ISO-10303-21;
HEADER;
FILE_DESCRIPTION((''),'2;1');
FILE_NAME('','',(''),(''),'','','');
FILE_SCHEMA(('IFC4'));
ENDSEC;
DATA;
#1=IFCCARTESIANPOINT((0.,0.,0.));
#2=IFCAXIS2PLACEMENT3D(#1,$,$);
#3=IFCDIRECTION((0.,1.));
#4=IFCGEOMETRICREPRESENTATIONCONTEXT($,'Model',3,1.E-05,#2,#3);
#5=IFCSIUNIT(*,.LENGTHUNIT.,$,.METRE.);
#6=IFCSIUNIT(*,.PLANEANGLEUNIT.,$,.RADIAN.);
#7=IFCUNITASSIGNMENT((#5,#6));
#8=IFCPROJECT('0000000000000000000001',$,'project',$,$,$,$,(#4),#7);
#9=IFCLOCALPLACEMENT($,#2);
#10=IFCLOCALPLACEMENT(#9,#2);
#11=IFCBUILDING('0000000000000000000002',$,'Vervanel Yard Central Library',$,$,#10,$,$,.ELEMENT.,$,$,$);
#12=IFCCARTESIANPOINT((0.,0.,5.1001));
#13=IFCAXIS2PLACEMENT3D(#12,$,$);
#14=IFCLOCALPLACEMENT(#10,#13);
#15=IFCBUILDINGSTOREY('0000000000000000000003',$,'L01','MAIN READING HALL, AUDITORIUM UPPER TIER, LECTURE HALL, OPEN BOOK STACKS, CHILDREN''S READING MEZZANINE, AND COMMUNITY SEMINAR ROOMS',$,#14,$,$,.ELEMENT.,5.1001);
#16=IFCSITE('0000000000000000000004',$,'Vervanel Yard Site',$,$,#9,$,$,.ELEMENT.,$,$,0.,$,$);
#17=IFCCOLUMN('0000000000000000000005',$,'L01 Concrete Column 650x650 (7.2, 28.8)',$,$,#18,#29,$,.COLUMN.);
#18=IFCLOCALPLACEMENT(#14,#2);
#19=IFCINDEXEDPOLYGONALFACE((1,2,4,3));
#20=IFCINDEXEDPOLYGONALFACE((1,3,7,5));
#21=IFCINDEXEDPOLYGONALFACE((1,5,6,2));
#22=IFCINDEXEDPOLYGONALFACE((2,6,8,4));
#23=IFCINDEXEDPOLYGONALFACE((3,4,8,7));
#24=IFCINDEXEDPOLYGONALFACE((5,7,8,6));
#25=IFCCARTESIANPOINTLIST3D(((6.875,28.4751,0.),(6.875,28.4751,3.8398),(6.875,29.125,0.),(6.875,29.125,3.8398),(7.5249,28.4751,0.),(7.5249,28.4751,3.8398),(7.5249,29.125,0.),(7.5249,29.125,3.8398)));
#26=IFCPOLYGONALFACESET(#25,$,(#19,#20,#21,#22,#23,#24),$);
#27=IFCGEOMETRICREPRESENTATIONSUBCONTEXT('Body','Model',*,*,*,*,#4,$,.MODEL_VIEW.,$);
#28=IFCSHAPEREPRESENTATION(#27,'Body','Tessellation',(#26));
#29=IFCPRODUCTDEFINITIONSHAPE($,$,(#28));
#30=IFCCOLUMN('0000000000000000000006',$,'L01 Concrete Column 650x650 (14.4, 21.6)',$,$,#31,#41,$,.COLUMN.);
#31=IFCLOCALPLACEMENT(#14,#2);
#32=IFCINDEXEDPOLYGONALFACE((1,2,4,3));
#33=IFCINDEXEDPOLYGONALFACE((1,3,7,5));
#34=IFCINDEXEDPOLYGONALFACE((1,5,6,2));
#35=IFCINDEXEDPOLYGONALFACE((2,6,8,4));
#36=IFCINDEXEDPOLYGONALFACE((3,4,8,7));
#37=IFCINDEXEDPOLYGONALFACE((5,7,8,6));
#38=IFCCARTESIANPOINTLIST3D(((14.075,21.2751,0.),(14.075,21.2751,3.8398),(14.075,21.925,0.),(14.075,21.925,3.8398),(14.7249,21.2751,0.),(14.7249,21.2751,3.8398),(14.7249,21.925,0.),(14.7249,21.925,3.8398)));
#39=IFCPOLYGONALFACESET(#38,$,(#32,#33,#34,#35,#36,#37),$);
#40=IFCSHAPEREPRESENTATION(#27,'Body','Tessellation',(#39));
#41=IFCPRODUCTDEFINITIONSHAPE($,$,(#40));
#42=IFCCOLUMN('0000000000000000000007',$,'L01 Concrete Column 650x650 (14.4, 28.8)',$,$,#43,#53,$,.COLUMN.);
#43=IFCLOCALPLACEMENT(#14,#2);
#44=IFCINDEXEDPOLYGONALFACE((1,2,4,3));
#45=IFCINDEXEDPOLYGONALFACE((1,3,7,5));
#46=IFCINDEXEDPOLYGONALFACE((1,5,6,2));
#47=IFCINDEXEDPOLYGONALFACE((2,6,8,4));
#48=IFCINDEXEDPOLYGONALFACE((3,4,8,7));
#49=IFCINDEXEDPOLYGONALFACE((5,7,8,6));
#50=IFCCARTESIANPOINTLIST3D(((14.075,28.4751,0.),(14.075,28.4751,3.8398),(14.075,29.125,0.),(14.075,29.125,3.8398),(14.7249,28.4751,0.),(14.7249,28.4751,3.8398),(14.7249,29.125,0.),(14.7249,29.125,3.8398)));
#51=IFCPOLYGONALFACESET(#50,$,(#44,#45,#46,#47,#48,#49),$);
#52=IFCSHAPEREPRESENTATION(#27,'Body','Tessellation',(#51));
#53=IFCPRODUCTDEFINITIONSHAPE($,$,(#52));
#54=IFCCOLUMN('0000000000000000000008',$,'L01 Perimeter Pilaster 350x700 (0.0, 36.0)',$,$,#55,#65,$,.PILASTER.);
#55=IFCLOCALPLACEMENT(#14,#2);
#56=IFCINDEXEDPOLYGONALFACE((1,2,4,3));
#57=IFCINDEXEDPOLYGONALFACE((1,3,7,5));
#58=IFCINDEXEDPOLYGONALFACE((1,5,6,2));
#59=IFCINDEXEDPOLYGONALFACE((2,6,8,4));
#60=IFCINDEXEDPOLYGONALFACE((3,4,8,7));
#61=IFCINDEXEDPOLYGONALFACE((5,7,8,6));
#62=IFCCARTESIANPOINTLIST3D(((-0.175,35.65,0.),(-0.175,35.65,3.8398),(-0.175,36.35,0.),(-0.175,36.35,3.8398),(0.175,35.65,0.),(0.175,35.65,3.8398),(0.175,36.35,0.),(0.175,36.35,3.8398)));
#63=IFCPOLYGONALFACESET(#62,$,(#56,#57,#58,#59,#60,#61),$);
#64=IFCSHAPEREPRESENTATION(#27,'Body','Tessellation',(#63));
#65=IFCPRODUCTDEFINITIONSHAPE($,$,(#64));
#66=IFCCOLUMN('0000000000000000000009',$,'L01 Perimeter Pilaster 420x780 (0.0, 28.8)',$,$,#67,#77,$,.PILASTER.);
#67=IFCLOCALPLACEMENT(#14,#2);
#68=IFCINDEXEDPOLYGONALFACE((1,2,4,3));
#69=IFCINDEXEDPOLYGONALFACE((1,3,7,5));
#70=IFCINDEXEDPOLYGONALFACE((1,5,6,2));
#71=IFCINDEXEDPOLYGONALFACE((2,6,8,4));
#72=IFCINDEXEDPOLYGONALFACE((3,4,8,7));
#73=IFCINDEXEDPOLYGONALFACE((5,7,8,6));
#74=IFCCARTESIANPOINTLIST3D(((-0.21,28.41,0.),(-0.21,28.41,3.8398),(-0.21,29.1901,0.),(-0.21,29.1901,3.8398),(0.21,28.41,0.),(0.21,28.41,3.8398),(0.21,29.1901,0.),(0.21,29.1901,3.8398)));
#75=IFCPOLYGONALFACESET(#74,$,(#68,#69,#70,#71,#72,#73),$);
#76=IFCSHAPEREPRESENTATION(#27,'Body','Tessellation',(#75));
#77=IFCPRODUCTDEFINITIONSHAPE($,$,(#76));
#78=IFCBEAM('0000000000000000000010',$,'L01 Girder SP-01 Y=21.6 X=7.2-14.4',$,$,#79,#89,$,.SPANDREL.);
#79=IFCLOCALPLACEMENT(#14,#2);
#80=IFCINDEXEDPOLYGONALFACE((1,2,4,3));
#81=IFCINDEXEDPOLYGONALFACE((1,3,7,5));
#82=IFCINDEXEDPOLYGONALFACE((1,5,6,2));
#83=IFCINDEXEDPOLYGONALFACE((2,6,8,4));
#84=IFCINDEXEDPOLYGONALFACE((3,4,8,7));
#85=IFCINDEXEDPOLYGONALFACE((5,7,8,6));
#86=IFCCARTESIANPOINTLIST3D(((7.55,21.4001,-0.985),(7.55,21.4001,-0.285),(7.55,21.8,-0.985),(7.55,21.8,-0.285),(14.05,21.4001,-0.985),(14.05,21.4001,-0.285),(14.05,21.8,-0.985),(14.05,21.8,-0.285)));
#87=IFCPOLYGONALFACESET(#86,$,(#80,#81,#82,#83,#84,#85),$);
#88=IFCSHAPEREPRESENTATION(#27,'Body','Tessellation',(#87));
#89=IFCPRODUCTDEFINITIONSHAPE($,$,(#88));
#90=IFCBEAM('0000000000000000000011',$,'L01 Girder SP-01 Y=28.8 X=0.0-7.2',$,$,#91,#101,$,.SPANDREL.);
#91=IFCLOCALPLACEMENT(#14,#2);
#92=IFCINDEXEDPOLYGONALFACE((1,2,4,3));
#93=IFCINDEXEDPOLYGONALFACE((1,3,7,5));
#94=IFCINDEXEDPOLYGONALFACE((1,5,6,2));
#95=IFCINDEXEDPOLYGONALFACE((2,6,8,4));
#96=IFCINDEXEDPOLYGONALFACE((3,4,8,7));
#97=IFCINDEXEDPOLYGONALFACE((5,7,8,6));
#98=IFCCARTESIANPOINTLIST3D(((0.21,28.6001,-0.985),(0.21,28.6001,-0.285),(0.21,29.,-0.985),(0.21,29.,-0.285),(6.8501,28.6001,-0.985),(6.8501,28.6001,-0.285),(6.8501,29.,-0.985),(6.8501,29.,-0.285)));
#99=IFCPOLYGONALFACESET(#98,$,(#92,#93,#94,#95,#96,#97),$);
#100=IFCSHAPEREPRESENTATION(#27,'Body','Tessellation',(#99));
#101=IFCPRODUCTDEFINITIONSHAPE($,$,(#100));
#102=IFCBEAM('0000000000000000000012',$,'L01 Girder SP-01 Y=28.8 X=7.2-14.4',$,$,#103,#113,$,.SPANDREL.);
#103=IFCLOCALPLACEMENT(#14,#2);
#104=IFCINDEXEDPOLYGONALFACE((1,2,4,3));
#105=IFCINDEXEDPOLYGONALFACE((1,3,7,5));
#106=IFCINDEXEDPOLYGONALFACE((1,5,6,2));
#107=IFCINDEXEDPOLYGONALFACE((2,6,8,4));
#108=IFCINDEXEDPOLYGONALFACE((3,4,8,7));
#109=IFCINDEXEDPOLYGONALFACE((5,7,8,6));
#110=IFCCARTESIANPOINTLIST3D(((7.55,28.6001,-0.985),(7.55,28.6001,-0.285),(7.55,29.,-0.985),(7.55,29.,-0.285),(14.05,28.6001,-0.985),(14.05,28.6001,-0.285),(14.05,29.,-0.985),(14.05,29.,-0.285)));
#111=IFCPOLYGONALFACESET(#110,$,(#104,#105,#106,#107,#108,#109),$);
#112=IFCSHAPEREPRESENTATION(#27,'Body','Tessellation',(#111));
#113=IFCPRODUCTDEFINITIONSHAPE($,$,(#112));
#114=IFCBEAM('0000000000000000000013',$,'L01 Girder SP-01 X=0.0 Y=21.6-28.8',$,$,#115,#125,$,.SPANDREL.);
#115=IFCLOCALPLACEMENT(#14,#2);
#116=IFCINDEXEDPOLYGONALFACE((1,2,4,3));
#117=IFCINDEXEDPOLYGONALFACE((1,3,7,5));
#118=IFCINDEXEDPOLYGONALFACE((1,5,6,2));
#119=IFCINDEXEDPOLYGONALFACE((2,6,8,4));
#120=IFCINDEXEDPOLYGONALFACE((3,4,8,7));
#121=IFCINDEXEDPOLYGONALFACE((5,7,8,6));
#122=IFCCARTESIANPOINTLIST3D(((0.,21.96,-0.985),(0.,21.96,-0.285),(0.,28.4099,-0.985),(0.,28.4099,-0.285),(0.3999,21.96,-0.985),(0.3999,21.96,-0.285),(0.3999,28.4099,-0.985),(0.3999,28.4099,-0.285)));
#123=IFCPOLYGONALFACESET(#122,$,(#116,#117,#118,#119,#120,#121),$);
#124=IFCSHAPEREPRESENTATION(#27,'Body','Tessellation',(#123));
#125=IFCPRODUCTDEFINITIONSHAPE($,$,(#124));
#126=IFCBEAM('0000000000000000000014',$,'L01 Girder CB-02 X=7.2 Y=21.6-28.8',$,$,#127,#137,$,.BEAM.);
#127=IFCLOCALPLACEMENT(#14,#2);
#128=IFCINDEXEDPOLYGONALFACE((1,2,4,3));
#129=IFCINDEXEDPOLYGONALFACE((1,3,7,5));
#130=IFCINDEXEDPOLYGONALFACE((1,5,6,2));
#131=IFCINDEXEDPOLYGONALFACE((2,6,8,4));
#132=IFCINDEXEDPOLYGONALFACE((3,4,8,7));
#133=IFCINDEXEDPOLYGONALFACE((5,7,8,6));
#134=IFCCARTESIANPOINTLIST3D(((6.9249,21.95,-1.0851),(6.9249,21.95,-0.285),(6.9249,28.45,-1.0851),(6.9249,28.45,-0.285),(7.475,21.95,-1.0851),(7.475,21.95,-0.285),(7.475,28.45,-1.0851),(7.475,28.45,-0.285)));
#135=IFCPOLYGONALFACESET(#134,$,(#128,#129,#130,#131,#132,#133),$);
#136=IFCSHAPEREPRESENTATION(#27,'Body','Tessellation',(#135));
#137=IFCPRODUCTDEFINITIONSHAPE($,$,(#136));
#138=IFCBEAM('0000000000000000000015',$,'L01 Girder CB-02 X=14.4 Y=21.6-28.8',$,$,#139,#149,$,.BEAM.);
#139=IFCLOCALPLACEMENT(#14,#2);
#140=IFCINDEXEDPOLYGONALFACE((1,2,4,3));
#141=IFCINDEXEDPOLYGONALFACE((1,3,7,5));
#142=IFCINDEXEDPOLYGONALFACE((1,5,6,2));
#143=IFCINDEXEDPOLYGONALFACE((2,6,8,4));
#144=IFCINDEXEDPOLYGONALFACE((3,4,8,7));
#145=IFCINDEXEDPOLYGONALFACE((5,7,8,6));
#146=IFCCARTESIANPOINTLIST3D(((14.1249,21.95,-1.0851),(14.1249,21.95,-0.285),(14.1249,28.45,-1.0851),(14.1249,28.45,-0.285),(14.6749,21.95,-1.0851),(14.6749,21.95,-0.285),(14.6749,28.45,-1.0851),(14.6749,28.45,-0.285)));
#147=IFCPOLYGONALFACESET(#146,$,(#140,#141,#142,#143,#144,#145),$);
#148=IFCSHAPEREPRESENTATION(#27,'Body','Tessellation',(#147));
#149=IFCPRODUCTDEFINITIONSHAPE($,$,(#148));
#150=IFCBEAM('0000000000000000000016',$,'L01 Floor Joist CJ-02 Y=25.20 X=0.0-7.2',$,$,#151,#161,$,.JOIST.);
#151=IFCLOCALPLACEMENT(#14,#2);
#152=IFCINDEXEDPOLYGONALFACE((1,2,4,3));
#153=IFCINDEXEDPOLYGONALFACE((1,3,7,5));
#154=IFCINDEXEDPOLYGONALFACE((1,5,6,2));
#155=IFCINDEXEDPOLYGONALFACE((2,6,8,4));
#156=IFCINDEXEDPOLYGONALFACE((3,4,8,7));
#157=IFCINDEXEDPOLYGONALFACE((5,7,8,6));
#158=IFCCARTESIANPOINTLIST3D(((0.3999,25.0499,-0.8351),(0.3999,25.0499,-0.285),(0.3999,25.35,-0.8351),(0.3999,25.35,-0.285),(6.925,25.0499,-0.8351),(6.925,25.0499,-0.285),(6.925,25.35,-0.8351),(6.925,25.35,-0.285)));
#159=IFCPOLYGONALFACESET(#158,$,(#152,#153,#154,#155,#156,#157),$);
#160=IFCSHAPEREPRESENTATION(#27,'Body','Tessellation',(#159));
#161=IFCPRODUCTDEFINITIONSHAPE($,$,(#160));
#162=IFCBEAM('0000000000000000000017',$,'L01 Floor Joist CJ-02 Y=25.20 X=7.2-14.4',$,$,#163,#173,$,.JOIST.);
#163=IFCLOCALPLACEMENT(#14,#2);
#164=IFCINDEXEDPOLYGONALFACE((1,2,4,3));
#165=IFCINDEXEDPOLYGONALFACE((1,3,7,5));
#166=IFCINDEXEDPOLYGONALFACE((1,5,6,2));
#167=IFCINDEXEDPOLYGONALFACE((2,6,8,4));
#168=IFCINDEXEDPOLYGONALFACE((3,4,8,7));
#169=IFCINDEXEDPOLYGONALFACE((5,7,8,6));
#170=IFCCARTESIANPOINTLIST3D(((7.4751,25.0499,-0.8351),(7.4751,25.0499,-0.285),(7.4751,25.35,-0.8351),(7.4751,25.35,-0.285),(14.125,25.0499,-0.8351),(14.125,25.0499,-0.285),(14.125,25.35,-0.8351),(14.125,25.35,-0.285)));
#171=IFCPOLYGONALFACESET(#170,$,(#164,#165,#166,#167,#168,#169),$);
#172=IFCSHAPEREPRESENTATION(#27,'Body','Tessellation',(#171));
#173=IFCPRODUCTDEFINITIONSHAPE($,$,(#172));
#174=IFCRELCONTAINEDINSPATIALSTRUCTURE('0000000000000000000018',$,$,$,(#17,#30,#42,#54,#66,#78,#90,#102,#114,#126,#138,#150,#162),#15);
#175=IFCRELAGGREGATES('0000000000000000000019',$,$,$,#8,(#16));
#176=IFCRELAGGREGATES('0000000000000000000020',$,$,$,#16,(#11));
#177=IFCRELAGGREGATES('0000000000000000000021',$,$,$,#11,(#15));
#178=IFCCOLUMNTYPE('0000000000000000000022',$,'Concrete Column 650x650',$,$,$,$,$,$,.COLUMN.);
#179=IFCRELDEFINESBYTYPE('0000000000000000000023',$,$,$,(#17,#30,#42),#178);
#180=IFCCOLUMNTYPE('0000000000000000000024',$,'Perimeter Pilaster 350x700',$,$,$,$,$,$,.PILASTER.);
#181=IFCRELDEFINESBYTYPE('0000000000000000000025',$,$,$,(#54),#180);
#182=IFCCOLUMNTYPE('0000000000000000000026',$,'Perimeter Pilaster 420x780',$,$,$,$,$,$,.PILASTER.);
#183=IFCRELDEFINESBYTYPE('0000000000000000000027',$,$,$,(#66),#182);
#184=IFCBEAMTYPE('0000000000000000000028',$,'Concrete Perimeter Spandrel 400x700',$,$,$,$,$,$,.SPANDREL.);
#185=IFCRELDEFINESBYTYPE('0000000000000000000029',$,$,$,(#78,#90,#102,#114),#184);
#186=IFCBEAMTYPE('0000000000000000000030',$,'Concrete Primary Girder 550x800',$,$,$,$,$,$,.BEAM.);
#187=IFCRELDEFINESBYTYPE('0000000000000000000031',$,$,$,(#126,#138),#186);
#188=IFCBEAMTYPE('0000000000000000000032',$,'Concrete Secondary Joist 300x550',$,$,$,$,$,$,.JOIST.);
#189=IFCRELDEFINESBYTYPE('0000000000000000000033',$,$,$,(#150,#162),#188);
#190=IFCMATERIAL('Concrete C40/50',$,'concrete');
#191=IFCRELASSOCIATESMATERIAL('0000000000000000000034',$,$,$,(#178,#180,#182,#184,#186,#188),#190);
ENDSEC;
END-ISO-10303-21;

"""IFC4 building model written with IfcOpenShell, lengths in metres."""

from ifc_helpers import new_model, si_unit, direction, frame, origin, origin_2d, place, context, subcontext, project, spatial, rectangle, extrude, material, material_profile, profile_set, type_object, element, save


model = new_model("IFC4")

# Units and contexts
model_context = context("Model", 3, precision=1e-05, world=origin(), true_north=direction((0.0, 1.0)))
body_context = subcontext(model_context, "Body", "Model", "MODEL_VIEW")
ifc_project = project(units=[si_unit("LENGTHUNIT", "METRE"), si_unit("PLANEANGLEUNIT", "RADIAN")], contexts=[model_context])

# Site, building, storey
site_placement = place(None, origin())
site = spatial("IfcSite", under=ifc_project, at=site_placement, Name="Vervanel Yard Site", CompositionType="ELEMENT", RefElevation=0.0)
building_placement = place(site_placement, origin())
building = spatial("IfcBuilding", under=site, at=building_placement, Name="Vervanel Yard Central Library", CompositionType="ELEMENT")
storey_placement = place(building_placement, frame((0.0, 0.0, 5.1001)))
storey = spatial("IfcBuildingStorey", under=building, at=storey_placement, Name="L01", Description="MAIN READING HALL, AUDITORIUM UPPER TIER, LECTURE HALL, OPEN BOOK STACKS, CHILDREN'S READING MEZZANINE, AND COMMUNITY SEMINAR ROOMS", CompositionType="ELEMENT", Elevation=5.1001)

# Columns
ifc_material_1 = material(Name="Concrete C40/50", Category="concrete")
ifc_material_profile_1 = material_profile(ifc_material_1, rectangle(XDim=0.6499, YDim=0.6499, at=origin_2d()), Name="RC 650x650", Category="concrete")
ifc_profile_set_1 = profile_set([ifc_material_profile_1], Name="Concrete C40/50")
column_type_1 = type_object("IfcColumnType", Name="Concrete Column 650x650", PredefinedType="COLUMN", material=ifc_profile_set_1)
for number, where, z_axis, x_axis, name in (
    (1, (7.2, 28.8, 0.0), (0.0, 0.0, 1.0), (1.0, 0.0, 0.0), "L01 Concrete Column 650x650 (7.2, 28.8)"),
    (2, (14.3999, 21.6001, 0.0), (0.0, 0.0, 1.0), (1.0, 0.0, 0.0), "L01 Concrete Column 650x650 (14.4, 21.6)"),
    (3, (14.3999, 28.8, 0.0), (0.0, 0.0, 1.0), (1.0, 0.0, 0.0), "L01 Concrete Column 650x650 (14.4, 28.8)"),
):
    element("IfcColumn", number, at=place(storey_placement, frame(where, z_axis=z_axis, x_axis=x_axis)), inside=storey, type_object=column_type_1, Name=name, PredefinedType="COLUMN", context=body_context, shape_type="SweptSolid", body=[
        extrude(rectangle(XDim=0.6499, YDim=0.6499, at=origin_2d()), origin(), (0.0, 0.0, 1.0), 3.8398),
    ])
ifc_material_profile_2 = material_profile(ifc_material_1, rectangle(XDim=0.3501, YDim=0.7, at=origin_2d()), Name="RC 350x700", Category="concrete")
ifc_profile_set_2 = profile_set([ifc_material_profile_2], Name="Concrete C40/50")
column_type_2 = type_object("IfcColumnType", Name="Perimeter Pilaster 350x700", PredefinedType="PILASTER", material=ifc_profile_set_2)
column_1_placement = place(storey_placement, frame((0.0, 36.0, 0.0), z_axis=(0.0, 0.0, 1.0), x_axis=(1.0, 0.0, 0.0)))
element("IfcColumn", 4, at=column_1_placement, inside=storey, type_object=column_type_2, Name="L01 Perimeter Pilaster 350x700 (0.0, 36.0)", PredefinedType="PILASTER", context=body_context, shape_type="SweptSolid", body=[
    extrude(rectangle(XDim=0.3501, YDim=0.7, at=origin_2d()), origin(), (0.0, 0.0, 1.0), 3.8398),
])
ifc_material_profile_3 = material_profile(ifc_material_1, rectangle(XDim=0.4199, YDim=0.78, at=origin_2d()), Name="RC 420x780", Category="concrete")
ifc_profile_set_3 = profile_set([ifc_material_profile_3], Name="Concrete C40/50")
column_type_3 = type_object("IfcColumnType", Name="Perimeter Pilaster 420x780", PredefinedType="PILASTER", material=ifc_profile_set_3)
column_2_placement = place(storey_placement, frame((0.0, 28.8, 0.0), z_axis=(0.0, 0.0, 1.0), x_axis=(1.0, 0.0, 0.0)))
element("IfcColumn", 5, at=column_2_placement, inside=storey, type_object=column_type_3, Name="L01 Perimeter Pilaster 420x780 (0.0, 28.8)", PredefinedType="PILASTER", context=body_context, shape_type="SweptSolid", body=[
    extrude(rectangle(XDim=0.4199, YDim=0.78, at=origin_2d()), origin(), (0.0, 0.0, 1.0), 3.8398),
])

# Beams
ifc_material_profile_4 = material_profile(ifc_material_1, rectangle(XDim=0.3999, YDim=0.7, at=origin_2d()), Name="RC 400x700", Category="concrete")
ifc_profile_set_4 = profile_set([ifc_material_profile_4], Name="Concrete C40/50")
beam_type_1 = type_object("IfcBeamType", Name="Concrete Perimeter Spandrel 400x700", PredefinedType="SPANDREL", material=ifc_profile_set_4)
beam_1_placement = place(storey_placement, frame((7.55, 21.6001, -0.635), z_axis=(1.0, 0.0, 0.0), x_axis=(0.0, 1.0, 0.0)))
element("IfcBeam", 6, at=beam_1_placement, inside=storey, type_object=beam_type_1, Name="L01 Girder SP-01 Y=21.6 X=7.2-14.4", PredefinedType="SPANDREL", context=body_context, shape_type="SweptSolid", body=[
    extrude(rectangle(XDim=0.3999, YDim=0.7, at=origin_2d()), origin(), (0.0, 0.0, 1.0), 6.5),
])
beam_2_placement = place(storey_placement, frame((0.21, 28.8, -0.635), z_axis=(1.0, 0.0, 0.0), x_axis=(0.0, 1.0, 0.0)))
element("IfcBeam", 7, at=beam_2_placement, inside=storey, type_object=beam_type_1, Name="L01 Girder SP-01 Y=28.8 X=0.0-7.2", PredefinedType="SPANDREL", context=body_context, shape_type="SweptSolid", body=[
    extrude(rectangle(XDim=0.3999, YDim=0.7, at=origin_2d()), origin(), (0.0, 0.0, 1.0), 6.6401),
])
beam_3_placement = place(storey_placement, frame((7.55, 28.8, -0.635), z_axis=(1.0, 0.0, 0.0), x_axis=(0.0, 1.0, 0.0)))
element("IfcBeam", 8, at=beam_3_placement, inside=storey, type_object=beam_type_1, Name="L01 Girder SP-01 Y=28.8 X=7.2-14.4", PredefinedType="SPANDREL", context=body_context, shape_type="SweptSolid", body=[
    extrude(rectangle(XDim=0.3999, YDim=0.7, at=origin_2d()), origin(), (0.0, 0.0, 1.0), 6.5),
])
beam_4_placement = place(storey_placement, frame((0.2, 21.96, -0.635), z_axis=(0.0, 1.0, 0.0), x_axis=(-1.0, 0.0, 0.0)))
element("IfcBeam", 9, at=beam_4_placement, inside=storey, type_object=beam_type_1, Name="L01 Girder SP-01 X=0.0 Y=21.6-28.8", PredefinedType="SPANDREL", context=body_context, shape_type="SweptSolid", body=[
    extrude(rectangle(XDim=0.3999, YDim=0.7, at=origin_2d()), origin(), (0.0, 0.0, 1.0), 6.45),
])
ifc_material_profile_5 = material_profile(ifc_material_1, rectangle(XDim=0.55, YDim=0.8, at=origin_2d()), Name="RC 550x800", Category="concrete")
ifc_profile_set_5 = profile_set([ifc_material_profile_5], Name="Concrete C40/50")
beam_type_2 = type_object("IfcBeamType", Name="Concrete Primary Girder 550x800", PredefinedType="BEAM", material=ifc_profile_set_5)
for number, where, z_axis, x_axis, name in (
    (10, (7.2, 21.95, -0.6851), (0.0, 1.0, 0.0), (-1.0, 0.0, 0.0), "L01 Girder CB-02 X=7.2 Y=21.6-28.8"),
    (11, (14.3999, 21.95, -0.6851), (0.0, 1.0, 0.0), (-1.0, 0.0, 0.0), "L01 Girder CB-02 X=14.4 Y=21.6-28.8"),
):
    element("IfcBeam", number, at=place(storey_placement, frame(where, z_axis=z_axis, x_axis=x_axis)), inside=storey, type_object=beam_type_2, Name=name, PredefinedType="BEAM", context=body_context, shape_type="SweptSolid", body=[
        extrude(rectangle(XDim=0.55, YDim=0.8, at=origin_2d()), origin(), (0.0, 0.0, 1.0), 6.5),
    ])
ifc_material_profile_6 = material_profile(ifc_material_1, rectangle(XDim=0.3, YDim=0.55, at=origin_2d()), Name="RC 300x550", Category="concrete")
ifc_profile_set_6 = profile_set([ifc_material_profile_6], Name="Concrete C40/50")
beam_type_3 = type_object("IfcBeamType", Name="Concrete Secondary Joist 300x550", PredefinedType="JOIST", material=ifc_profile_set_6)
beam_5_placement = place(storey_placement, frame((0.3999, 25.2, -0.5601), z_axis=(1.0, 0.0, 0.0), x_axis=(0.0, 1.0, 0.0)))
element("IfcBeam", 12, at=beam_5_placement, inside=storey, type_object=beam_type_3, Name="L01 Floor Joist CJ-02 Y=25.20 X=0.0-7.2", PredefinedType="JOIST", context=body_context, shape_type="SweptSolid", body=[
    extrude(rectangle(XDim=0.3, YDim=0.55, at=origin_2d()), origin(), (0.0, 0.0, 1.0), 6.5251),
])
beam_6_placement = place(storey_placement, frame((7.4751, 25.2, -0.5601), z_axis=(1.0, 0.0, 0.0), x_axis=(0.0, 1.0, 0.0)))
element("IfcBeam", 13, at=beam_6_placement, inside=storey, type_object=beam_type_3, Name="L01 Floor Joist CJ-02 Y=25.20 X=7.2-14.4", PredefinedType="JOIST", context=body_context, shape_type="SweptSolid", body=[
    extrude(rectangle(XDim=0.3, YDim=0.55, at=origin_2d()), origin(), (0.0, 0.0, 1.0), 6.6499),
])

save(model, "model.ifc")
